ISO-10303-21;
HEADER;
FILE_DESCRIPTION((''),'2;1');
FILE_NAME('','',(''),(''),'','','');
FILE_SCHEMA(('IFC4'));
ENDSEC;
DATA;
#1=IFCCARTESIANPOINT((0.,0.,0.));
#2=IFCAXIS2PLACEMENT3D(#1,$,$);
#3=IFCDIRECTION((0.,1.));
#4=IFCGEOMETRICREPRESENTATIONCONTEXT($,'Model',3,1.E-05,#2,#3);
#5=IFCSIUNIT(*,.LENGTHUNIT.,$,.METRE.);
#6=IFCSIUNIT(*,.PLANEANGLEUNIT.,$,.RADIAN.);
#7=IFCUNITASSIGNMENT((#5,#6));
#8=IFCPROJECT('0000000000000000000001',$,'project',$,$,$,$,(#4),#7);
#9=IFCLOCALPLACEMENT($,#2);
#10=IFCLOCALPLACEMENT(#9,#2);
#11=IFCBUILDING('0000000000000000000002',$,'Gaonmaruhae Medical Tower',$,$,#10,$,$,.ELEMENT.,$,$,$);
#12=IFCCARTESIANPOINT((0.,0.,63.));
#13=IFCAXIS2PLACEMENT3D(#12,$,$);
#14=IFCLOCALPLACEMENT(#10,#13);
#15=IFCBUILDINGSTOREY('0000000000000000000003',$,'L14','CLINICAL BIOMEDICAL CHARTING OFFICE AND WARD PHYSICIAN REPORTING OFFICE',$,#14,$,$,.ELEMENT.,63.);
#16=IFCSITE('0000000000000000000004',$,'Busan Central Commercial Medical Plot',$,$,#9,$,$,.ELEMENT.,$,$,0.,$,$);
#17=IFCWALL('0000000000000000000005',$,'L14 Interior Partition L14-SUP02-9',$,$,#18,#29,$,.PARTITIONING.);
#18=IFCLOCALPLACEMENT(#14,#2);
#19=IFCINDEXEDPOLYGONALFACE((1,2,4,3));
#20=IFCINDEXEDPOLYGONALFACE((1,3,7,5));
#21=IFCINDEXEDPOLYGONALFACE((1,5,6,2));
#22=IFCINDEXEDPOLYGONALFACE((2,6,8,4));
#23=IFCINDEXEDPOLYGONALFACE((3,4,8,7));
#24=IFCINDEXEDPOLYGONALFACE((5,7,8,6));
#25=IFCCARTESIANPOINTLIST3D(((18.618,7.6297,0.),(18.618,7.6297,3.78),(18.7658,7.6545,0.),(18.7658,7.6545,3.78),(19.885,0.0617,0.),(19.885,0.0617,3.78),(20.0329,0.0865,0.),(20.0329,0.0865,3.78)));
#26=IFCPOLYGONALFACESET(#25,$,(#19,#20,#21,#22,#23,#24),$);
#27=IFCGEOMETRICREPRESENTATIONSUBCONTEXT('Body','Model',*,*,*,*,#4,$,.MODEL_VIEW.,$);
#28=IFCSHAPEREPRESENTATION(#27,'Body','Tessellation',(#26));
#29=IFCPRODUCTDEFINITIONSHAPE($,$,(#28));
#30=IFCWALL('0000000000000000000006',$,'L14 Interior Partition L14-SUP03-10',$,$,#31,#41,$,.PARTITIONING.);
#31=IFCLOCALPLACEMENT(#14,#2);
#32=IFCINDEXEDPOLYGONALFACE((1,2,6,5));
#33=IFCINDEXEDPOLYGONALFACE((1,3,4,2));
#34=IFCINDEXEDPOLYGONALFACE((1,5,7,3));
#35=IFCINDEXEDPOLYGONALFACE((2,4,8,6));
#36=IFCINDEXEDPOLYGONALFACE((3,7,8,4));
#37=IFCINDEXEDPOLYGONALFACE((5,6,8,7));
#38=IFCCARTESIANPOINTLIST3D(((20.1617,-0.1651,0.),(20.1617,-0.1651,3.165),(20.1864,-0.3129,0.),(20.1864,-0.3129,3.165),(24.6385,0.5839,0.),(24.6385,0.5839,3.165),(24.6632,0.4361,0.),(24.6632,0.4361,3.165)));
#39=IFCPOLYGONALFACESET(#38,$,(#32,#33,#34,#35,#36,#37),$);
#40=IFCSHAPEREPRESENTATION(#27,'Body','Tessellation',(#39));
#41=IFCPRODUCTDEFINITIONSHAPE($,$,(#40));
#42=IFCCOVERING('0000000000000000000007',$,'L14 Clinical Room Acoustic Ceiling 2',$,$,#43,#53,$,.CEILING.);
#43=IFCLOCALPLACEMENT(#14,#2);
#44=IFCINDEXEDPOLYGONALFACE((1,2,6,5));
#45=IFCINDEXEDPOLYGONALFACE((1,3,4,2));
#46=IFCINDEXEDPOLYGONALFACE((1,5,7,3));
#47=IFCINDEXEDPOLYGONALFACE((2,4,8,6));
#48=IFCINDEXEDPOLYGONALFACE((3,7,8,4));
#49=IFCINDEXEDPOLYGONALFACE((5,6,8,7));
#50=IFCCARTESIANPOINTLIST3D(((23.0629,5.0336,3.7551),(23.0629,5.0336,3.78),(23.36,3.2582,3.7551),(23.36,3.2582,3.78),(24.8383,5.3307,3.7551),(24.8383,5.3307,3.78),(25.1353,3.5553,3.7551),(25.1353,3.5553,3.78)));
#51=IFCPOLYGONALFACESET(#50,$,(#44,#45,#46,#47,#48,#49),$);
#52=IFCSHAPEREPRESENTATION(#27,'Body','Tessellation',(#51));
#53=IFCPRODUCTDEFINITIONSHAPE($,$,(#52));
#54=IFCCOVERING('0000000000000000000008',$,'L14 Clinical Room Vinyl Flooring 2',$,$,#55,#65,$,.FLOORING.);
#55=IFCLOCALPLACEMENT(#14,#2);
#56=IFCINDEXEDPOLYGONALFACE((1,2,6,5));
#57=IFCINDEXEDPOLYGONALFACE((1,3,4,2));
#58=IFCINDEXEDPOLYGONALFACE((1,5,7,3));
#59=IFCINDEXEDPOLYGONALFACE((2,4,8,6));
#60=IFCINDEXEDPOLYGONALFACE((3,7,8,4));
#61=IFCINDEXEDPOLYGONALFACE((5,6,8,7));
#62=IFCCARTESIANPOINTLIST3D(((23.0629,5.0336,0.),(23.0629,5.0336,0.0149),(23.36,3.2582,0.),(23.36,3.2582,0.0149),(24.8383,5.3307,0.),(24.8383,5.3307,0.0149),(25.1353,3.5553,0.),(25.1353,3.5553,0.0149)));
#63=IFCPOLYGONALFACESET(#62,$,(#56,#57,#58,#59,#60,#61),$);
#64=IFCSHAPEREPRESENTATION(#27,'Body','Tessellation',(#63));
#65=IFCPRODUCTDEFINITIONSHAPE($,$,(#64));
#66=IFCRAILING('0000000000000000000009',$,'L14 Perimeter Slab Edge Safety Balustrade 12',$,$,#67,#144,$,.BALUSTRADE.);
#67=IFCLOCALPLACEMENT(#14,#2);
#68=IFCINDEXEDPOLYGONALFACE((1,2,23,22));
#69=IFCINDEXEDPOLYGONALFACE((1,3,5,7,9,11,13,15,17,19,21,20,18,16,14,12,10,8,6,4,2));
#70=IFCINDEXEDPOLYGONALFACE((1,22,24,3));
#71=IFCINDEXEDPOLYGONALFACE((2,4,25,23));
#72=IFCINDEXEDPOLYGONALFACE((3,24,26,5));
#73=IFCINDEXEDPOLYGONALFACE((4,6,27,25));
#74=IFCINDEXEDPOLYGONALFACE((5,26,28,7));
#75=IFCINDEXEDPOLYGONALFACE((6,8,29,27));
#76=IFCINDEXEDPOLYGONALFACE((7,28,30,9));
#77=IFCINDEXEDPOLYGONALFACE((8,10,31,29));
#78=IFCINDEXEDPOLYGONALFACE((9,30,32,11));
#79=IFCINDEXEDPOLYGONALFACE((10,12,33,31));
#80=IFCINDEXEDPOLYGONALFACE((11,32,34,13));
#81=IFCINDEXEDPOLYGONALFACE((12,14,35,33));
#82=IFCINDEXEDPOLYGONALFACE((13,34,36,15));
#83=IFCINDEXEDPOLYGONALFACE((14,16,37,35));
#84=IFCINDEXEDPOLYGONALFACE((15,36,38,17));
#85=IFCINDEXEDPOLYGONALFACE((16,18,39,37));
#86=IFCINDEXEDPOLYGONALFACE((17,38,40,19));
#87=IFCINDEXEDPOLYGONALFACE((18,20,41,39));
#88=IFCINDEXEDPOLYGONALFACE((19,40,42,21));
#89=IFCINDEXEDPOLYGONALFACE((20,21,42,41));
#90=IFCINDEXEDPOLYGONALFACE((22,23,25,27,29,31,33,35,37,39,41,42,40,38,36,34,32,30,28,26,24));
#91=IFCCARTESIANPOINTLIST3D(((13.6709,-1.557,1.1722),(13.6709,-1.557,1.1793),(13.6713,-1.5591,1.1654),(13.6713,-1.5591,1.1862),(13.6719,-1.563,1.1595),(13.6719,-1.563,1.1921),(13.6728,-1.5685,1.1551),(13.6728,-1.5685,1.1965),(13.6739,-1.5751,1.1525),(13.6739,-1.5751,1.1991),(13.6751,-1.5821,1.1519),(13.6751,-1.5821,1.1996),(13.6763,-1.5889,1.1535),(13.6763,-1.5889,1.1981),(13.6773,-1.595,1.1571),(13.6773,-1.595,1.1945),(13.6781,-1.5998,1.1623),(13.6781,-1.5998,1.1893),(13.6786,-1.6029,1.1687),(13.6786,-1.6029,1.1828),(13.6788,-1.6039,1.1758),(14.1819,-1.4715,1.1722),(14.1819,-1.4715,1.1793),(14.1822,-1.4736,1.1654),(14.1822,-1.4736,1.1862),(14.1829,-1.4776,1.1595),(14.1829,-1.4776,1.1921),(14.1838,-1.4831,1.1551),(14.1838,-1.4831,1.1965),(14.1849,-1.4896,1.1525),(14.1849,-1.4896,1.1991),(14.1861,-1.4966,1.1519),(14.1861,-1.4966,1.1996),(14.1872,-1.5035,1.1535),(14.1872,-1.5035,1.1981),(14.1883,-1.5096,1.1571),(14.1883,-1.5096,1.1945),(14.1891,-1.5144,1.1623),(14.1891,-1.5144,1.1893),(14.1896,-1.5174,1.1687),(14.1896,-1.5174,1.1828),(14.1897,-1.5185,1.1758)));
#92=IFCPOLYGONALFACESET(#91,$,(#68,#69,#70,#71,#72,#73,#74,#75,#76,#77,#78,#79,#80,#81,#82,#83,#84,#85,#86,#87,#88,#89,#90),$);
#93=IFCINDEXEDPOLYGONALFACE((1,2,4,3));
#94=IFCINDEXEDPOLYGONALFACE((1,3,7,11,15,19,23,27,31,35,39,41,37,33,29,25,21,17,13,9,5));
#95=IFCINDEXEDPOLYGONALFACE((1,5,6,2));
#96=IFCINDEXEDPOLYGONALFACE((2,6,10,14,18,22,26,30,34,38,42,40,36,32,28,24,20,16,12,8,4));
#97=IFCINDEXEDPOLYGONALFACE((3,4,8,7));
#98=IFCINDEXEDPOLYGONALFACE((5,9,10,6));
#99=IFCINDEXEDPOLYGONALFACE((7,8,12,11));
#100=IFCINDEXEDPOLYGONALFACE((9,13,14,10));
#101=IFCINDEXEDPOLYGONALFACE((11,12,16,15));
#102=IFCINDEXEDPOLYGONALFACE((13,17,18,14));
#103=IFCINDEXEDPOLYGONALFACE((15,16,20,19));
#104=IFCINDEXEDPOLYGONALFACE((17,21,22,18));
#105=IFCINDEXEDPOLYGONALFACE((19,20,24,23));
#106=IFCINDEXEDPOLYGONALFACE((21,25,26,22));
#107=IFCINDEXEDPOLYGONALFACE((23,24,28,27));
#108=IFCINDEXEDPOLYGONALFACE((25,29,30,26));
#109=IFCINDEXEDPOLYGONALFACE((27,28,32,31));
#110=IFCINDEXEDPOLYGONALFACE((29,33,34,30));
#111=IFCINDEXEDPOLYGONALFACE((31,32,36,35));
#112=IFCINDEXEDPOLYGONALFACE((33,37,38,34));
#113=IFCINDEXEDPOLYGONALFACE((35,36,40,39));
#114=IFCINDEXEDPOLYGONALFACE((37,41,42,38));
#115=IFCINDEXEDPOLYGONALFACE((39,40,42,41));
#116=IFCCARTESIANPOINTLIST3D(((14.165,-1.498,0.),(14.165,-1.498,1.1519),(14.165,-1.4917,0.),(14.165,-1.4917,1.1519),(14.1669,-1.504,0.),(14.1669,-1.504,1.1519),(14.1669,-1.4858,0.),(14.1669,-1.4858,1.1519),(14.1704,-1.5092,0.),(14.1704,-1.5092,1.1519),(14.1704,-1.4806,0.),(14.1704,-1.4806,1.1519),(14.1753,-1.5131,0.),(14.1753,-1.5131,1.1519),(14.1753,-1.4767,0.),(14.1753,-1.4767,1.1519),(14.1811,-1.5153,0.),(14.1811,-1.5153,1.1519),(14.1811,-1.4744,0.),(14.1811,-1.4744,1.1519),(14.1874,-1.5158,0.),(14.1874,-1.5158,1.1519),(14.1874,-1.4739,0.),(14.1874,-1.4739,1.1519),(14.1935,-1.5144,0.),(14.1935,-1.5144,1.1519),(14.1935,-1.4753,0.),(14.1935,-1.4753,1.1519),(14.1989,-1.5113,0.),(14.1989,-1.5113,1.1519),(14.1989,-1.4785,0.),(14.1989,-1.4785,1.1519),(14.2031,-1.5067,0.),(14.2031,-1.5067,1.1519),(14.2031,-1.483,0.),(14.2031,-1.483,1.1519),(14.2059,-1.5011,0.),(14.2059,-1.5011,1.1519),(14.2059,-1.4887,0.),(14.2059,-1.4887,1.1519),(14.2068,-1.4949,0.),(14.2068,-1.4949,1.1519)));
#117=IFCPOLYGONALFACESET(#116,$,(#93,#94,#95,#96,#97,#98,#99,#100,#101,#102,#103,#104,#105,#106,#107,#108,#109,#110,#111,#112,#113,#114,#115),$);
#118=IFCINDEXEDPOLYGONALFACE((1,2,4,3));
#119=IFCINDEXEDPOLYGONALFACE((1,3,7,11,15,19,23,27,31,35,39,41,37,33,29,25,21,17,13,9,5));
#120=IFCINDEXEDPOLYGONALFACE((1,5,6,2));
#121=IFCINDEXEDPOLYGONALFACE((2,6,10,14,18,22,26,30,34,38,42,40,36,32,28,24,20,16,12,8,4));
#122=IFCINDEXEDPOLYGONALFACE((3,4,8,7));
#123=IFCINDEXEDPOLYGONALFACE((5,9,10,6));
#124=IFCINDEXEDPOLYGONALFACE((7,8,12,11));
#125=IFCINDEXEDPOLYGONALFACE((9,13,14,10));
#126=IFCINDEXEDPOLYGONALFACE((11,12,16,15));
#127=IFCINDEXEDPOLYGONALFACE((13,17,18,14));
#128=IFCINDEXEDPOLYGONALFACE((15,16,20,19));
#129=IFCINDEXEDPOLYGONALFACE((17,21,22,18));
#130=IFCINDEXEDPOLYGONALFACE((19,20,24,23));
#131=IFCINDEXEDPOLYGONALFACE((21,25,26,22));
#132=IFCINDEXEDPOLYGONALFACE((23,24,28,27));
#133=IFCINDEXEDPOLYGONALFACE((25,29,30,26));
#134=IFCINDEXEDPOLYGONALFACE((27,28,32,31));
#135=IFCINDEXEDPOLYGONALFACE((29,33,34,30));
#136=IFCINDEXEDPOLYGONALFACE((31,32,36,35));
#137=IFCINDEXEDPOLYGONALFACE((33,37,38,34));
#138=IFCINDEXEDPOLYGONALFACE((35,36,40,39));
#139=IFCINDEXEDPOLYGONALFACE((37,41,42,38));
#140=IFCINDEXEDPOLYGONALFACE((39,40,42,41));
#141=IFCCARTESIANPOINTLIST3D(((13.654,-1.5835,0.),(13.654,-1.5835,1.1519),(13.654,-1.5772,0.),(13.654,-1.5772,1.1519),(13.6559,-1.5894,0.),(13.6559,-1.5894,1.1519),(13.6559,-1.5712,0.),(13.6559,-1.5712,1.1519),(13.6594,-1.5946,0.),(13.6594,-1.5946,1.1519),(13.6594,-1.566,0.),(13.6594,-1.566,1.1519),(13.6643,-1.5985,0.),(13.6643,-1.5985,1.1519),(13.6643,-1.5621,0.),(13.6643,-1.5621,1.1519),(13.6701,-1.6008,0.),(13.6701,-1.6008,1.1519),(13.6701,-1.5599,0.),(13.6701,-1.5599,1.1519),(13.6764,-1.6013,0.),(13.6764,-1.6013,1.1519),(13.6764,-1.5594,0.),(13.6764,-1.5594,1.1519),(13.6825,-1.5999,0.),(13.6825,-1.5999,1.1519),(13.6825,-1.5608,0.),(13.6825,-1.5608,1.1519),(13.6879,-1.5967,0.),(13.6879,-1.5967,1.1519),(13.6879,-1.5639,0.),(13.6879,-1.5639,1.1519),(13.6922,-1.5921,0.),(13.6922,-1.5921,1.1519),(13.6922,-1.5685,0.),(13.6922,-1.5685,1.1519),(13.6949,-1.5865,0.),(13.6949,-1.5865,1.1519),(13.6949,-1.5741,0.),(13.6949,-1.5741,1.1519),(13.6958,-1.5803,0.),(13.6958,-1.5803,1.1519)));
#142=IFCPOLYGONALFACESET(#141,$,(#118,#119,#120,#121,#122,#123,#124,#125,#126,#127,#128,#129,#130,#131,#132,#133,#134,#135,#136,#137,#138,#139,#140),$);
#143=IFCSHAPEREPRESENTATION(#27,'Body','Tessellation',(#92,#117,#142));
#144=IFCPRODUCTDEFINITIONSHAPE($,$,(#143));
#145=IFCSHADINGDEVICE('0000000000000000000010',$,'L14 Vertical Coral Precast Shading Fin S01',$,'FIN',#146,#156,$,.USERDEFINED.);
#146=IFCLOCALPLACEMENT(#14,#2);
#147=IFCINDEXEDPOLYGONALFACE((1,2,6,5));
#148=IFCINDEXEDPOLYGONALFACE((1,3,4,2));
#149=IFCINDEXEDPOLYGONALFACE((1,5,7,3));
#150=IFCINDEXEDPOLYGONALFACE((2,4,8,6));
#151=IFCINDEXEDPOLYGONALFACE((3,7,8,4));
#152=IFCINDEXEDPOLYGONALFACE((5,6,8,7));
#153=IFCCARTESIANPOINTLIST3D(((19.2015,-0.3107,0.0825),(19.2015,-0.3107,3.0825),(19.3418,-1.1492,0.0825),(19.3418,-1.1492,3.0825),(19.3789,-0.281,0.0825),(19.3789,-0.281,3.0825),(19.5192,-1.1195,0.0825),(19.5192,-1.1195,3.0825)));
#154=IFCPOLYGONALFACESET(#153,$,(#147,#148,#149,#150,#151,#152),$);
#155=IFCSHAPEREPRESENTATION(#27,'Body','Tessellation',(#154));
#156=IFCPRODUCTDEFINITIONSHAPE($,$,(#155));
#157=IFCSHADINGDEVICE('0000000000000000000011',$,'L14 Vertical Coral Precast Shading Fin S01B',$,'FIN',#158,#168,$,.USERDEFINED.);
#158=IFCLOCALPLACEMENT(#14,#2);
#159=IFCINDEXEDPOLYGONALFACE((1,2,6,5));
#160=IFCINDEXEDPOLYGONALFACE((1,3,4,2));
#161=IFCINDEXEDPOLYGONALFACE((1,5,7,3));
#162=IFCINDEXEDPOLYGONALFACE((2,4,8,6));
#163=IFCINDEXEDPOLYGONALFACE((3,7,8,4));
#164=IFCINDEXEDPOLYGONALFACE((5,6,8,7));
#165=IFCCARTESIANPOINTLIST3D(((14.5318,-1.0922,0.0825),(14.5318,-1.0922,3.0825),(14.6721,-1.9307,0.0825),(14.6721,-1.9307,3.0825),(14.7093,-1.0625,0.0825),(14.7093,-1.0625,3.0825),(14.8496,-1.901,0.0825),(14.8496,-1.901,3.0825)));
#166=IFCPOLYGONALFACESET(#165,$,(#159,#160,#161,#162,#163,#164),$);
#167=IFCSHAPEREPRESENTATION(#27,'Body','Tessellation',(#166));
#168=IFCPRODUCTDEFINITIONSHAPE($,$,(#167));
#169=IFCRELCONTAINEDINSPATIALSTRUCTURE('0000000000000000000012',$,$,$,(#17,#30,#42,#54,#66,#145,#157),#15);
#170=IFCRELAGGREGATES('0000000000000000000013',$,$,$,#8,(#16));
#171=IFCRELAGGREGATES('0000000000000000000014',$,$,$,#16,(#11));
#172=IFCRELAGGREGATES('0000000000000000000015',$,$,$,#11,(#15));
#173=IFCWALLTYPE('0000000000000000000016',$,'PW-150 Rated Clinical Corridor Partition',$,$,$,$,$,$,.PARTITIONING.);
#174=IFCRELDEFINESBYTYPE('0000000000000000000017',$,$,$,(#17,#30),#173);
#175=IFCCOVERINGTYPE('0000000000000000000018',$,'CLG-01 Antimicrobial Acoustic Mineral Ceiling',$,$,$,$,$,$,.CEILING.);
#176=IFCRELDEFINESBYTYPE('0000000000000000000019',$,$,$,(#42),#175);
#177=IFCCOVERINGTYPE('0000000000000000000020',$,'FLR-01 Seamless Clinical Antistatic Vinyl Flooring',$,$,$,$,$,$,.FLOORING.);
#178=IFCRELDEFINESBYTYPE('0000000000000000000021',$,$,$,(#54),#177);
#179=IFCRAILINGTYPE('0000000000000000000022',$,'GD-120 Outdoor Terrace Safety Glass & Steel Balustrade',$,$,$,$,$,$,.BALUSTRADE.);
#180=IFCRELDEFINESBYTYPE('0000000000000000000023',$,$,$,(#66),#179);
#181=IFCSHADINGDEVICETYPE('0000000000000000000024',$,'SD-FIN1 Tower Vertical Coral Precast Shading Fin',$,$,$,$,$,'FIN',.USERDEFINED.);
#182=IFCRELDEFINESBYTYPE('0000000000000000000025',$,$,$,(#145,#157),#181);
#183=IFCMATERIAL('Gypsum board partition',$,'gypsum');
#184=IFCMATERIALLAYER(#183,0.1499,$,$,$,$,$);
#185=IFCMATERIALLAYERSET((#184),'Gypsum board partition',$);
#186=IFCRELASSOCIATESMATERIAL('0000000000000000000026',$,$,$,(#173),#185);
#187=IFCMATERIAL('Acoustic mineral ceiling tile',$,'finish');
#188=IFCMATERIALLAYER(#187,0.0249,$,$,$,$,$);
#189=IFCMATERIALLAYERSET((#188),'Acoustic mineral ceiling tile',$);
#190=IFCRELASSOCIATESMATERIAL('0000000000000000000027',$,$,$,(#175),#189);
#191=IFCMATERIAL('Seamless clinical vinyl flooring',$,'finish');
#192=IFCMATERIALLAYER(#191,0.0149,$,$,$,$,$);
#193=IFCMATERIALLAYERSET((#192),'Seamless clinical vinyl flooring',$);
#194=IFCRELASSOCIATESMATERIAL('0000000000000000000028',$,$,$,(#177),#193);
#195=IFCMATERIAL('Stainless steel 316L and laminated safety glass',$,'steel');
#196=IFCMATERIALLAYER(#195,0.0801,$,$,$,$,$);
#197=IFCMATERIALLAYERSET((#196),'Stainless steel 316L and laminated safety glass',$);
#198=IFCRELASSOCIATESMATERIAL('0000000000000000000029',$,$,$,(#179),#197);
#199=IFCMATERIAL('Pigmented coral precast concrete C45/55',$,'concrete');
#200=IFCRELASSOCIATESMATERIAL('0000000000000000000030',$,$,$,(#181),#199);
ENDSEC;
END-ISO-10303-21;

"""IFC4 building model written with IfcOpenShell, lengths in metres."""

from ifc_helpers import new_model, si_unit, direction, frame, frame_2d, origin, origin_2d, place, context, subcontext, project, spatial, rectangle, circle, extrude, material, layer, layer_set, type_object, element, save


model = new_model("IFC4")

# Units and contexts
model_context = context("Model", 3, precision=1e-05, world=origin(), true_north=direction((0.0, 1.0)))
body_context = subcontext(model_context, "Body", "Model", "MODEL_VIEW")
ifc_project = project(units=[si_unit("LENGTHUNIT", "METRE"), si_unit("PLANEANGLEUNIT", "RADIAN")], contexts=[model_context])

# Site, building, storey
site_placement = place(None, origin())
site = spatial("IfcSite", under=ifc_project, at=site_placement, Name="Busan Central Commercial Medical Plot", CompositionType="ELEMENT", RefElevation=0.0)
building_placement = place(site_placement, origin())
building = spatial("IfcBuilding", under=site, at=building_placement, Name="Gaonmaruhae Medical Tower", CompositionType="ELEMENT")
storey_placement = place(building_placement, frame((0.0, 0.0, 63.0)))
storey = spatial("IfcBuildingStorey", under=building, at=storey_placement, Name="L14", Description="CLINICAL BIOMEDICAL CHARTING OFFICE AND WARD PHYSICIAN REPORTING OFFICE", CompositionType="ELEMENT", Elevation=63.0)

# Walls
ifc_material_1 = material(Name="Gypsum board partition", Category="gypsum")
ifc_layer_1 = layer(ifc_material_1, 0.1499)
ifc_layer_set_1 = layer_set([ifc_layer_1], Name="Gypsum board partition")
wall_type_1 = type_object("IfcWallType", Name="PW-150 Rated Clinical Corridor Partition", PredefinedType="PARTITIONING", material=ifc_layer_set_1)
wall_1_placement = place(storey_placement, frame((18.6919, 7.6421, 0.0), z_axis=(0.0, 0.0, 1.0), x_axis=(0.165126, -0.986272, 0.0)))
element("IfcWall", 1, at=wall_1_placement, inside=storey, type_object=wall_type_1, Name="L14 Interior Partition L14-SUP02-9", PredefinedType="PARTITIONING", context=body_context, shape_type="SweptSolid", body=[
    extrude(rectangle(XDim=7.6733, YDim=0.1499, at=frame_2d((3.8367, 0.0))), origin(), (0.0, 0.0, 1.0), 3.78),
])
wall_2_placement = place(storey_placement, frame((24.6509, 0.51, 0.0), z_axis=(0.0, 0.0, 1.0), x_axis=(-0.986291, -0.165018, 0.0)))
element("IfcWall", 2, at=wall_2_placement, inside=storey, type_object=wall_type_1, Name="L14 Interior Partition L14-SUP03-10", PredefinedType="PARTITIONING", context=body_context, shape_type="SweptSolid", body=[
    extrude(rectangle(XDim=4.5391, YDim=0.1499, at=frame_2d((2.2695, 0.0))), origin(), (0.0, 0.0, 1.0), 3.165),
])

# Coverings
ifc_material_2 = material(Name="Acoustic mineral ceiling tile", Category="finish")
ifc_layer_2 = layer(ifc_material_2, 0.0249)
ifc_layer_set_2 = layer_set([ifc_layer_2], Name="Acoustic mineral ceiling tile")
covering_type_1 = type_object("IfcCoveringType", Name="CLG-01 Antimicrobial Acoustic Mineral Ceiling", PredefinedType="CEILING", material=ifc_layer_set_2)
covering_1_placement = place(storey_placement, frame((24.0991, 4.2944, 3.7551), z_axis=(0.0, 0.0, 1.0), x_axis=(0.986286, 0.165048, 0.0)))
element("IfcCovering", 3, at=covering_1_placement, inside=storey, type_object=covering_type_1, Name="L14 Clinical Room Acoustic Ceiling 2", PredefinedType="CEILING", context=body_context, shape_type="SweptSolid", body=[
    extrude(rectangle(XDim=1.8, YDim=1.8, at=origin_2d()), origin(), (0.0, 0.0, 1.0), 0.0249),
])
ifc_material_3 = material(Name="Seamless clinical vinyl flooring", Category="finish")
ifc_layer_3 = layer(ifc_material_3, 0.0149)
ifc_layer_set_3 = layer_set([ifc_layer_3], Name="Seamless clinical vinyl flooring")
covering_type_2 = type_object("IfcCoveringType", Name="FLR-01 Seamless Clinical Antistatic Vinyl Flooring", PredefinedType="FLOORING", material=ifc_layer_set_3)
covering_2_placement = place(storey_placement, frame((24.0991, 4.2944, 0.0), z_axis=(0.0, 0.0, 1.0), x_axis=(0.986286, 0.165048, 0.0)))
element("IfcCovering", 4, at=covering_2_placement, inside=storey, type_object=covering_type_2, Name="L14 Clinical Room Vinyl Flooring 2", PredefinedType="FLOORING", context=body_context, shape_type="SweptSolid", body=[
    extrude(rectangle(XDim=1.8, YDim=1.8, at=origin_2d()), origin(), (0.0, 0.0, 1.0), 0.0149),
])

# Railing
ifc_material_4 = material(Name="Stainless steel 316L and laminated safety glass", Category="steel")
ifc_layer_4 = layer(ifc_material_4, 0.0801)
ifc_layer_set_4 = layer_set([ifc_layer_4], Name="Stainless steel 316L and laminated safety glass")
railing_type = type_object("IfcRailingType", Name="GD-120 Outdoor Terrace Safety Glass & Steel Balustrade", PredefinedType="BALUSTRADE", material=ifc_layer_set_4)
railing_placement = place(storey_placement, frame((14.1858, -1.4949, 0.0)))
element("IfcRailing", 5, at=railing_placement, inside=storey, type_object=railing_type, Name="L14 Perimeter Slab Edge Safety Balustrade 12", PredefinedType="BALUSTRADE", context=body_context, shape_type="SweptSolid", body=[
    extrude(circle(Radius=0.0239, at=origin_2d()), frame((0.0, 0.0, 1.1758), z_axis=(-0.986305, -0.164934, 0.0), x_axis=(0.164934, -0.986305, 0.0)), (0.0, 0.0, 1.0), 0.5181),
    extrude(circle(Radius=0.021, at=origin_2d()), origin(), (0.0, 0.0, 1.0), 1.1519),
    extrude(circle(Radius=0.021, at=origin_2d()), frame((-0.511, -0.0854, 0.0)), (0.0, 0.0, 1.0), 1.1519),
])

# Shading devices
ifc_material_5 = material(Name="Pigmented coral precast concrete C45/55", Category="concrete")
shading_device_type = type_object("IfcShadingDeviceType", Name="SD-FIN1 Tower Vertical Coral Precast Shading Fin", ElementType="FIN", PredefinedType="USERDEFINED", material=ifc_material_5)
for number, where, z_axis, x_axis, name in (
    (6, (19.3604, -0.7151, 0.0825), (0.0, 0.0, 1.0), (-0.986286, -0.165048, 0.0), "L14 Vertical Coral Precast Shading Fin S01"),
    (7, (14.6907, -1.4966, 0.0825), (0.0, 0.0, 1.0), (-0.986286, -0.165048, 0.0), "L14 Vertical Coral Precast Shading Fin S01B"),
):
    element("IfcShadingDevice", number, at=place(storey_placement, frame(where, z_axis=z_axis, x_axis=x_axis)), inside=storey, type_object=shading_device_type, Name=name, ObjectType="FIN", PredefinedType="USERDEFINED", context=body_context, shape_type="SweptSolid", body=[
        extrude(rectangle(XDim=0.1799, YDim=0.8501, at=origin_2d()), origin(), (0.0, 0.0, 1.0), 3.0),
    ])

save(model, "model.ifc")
